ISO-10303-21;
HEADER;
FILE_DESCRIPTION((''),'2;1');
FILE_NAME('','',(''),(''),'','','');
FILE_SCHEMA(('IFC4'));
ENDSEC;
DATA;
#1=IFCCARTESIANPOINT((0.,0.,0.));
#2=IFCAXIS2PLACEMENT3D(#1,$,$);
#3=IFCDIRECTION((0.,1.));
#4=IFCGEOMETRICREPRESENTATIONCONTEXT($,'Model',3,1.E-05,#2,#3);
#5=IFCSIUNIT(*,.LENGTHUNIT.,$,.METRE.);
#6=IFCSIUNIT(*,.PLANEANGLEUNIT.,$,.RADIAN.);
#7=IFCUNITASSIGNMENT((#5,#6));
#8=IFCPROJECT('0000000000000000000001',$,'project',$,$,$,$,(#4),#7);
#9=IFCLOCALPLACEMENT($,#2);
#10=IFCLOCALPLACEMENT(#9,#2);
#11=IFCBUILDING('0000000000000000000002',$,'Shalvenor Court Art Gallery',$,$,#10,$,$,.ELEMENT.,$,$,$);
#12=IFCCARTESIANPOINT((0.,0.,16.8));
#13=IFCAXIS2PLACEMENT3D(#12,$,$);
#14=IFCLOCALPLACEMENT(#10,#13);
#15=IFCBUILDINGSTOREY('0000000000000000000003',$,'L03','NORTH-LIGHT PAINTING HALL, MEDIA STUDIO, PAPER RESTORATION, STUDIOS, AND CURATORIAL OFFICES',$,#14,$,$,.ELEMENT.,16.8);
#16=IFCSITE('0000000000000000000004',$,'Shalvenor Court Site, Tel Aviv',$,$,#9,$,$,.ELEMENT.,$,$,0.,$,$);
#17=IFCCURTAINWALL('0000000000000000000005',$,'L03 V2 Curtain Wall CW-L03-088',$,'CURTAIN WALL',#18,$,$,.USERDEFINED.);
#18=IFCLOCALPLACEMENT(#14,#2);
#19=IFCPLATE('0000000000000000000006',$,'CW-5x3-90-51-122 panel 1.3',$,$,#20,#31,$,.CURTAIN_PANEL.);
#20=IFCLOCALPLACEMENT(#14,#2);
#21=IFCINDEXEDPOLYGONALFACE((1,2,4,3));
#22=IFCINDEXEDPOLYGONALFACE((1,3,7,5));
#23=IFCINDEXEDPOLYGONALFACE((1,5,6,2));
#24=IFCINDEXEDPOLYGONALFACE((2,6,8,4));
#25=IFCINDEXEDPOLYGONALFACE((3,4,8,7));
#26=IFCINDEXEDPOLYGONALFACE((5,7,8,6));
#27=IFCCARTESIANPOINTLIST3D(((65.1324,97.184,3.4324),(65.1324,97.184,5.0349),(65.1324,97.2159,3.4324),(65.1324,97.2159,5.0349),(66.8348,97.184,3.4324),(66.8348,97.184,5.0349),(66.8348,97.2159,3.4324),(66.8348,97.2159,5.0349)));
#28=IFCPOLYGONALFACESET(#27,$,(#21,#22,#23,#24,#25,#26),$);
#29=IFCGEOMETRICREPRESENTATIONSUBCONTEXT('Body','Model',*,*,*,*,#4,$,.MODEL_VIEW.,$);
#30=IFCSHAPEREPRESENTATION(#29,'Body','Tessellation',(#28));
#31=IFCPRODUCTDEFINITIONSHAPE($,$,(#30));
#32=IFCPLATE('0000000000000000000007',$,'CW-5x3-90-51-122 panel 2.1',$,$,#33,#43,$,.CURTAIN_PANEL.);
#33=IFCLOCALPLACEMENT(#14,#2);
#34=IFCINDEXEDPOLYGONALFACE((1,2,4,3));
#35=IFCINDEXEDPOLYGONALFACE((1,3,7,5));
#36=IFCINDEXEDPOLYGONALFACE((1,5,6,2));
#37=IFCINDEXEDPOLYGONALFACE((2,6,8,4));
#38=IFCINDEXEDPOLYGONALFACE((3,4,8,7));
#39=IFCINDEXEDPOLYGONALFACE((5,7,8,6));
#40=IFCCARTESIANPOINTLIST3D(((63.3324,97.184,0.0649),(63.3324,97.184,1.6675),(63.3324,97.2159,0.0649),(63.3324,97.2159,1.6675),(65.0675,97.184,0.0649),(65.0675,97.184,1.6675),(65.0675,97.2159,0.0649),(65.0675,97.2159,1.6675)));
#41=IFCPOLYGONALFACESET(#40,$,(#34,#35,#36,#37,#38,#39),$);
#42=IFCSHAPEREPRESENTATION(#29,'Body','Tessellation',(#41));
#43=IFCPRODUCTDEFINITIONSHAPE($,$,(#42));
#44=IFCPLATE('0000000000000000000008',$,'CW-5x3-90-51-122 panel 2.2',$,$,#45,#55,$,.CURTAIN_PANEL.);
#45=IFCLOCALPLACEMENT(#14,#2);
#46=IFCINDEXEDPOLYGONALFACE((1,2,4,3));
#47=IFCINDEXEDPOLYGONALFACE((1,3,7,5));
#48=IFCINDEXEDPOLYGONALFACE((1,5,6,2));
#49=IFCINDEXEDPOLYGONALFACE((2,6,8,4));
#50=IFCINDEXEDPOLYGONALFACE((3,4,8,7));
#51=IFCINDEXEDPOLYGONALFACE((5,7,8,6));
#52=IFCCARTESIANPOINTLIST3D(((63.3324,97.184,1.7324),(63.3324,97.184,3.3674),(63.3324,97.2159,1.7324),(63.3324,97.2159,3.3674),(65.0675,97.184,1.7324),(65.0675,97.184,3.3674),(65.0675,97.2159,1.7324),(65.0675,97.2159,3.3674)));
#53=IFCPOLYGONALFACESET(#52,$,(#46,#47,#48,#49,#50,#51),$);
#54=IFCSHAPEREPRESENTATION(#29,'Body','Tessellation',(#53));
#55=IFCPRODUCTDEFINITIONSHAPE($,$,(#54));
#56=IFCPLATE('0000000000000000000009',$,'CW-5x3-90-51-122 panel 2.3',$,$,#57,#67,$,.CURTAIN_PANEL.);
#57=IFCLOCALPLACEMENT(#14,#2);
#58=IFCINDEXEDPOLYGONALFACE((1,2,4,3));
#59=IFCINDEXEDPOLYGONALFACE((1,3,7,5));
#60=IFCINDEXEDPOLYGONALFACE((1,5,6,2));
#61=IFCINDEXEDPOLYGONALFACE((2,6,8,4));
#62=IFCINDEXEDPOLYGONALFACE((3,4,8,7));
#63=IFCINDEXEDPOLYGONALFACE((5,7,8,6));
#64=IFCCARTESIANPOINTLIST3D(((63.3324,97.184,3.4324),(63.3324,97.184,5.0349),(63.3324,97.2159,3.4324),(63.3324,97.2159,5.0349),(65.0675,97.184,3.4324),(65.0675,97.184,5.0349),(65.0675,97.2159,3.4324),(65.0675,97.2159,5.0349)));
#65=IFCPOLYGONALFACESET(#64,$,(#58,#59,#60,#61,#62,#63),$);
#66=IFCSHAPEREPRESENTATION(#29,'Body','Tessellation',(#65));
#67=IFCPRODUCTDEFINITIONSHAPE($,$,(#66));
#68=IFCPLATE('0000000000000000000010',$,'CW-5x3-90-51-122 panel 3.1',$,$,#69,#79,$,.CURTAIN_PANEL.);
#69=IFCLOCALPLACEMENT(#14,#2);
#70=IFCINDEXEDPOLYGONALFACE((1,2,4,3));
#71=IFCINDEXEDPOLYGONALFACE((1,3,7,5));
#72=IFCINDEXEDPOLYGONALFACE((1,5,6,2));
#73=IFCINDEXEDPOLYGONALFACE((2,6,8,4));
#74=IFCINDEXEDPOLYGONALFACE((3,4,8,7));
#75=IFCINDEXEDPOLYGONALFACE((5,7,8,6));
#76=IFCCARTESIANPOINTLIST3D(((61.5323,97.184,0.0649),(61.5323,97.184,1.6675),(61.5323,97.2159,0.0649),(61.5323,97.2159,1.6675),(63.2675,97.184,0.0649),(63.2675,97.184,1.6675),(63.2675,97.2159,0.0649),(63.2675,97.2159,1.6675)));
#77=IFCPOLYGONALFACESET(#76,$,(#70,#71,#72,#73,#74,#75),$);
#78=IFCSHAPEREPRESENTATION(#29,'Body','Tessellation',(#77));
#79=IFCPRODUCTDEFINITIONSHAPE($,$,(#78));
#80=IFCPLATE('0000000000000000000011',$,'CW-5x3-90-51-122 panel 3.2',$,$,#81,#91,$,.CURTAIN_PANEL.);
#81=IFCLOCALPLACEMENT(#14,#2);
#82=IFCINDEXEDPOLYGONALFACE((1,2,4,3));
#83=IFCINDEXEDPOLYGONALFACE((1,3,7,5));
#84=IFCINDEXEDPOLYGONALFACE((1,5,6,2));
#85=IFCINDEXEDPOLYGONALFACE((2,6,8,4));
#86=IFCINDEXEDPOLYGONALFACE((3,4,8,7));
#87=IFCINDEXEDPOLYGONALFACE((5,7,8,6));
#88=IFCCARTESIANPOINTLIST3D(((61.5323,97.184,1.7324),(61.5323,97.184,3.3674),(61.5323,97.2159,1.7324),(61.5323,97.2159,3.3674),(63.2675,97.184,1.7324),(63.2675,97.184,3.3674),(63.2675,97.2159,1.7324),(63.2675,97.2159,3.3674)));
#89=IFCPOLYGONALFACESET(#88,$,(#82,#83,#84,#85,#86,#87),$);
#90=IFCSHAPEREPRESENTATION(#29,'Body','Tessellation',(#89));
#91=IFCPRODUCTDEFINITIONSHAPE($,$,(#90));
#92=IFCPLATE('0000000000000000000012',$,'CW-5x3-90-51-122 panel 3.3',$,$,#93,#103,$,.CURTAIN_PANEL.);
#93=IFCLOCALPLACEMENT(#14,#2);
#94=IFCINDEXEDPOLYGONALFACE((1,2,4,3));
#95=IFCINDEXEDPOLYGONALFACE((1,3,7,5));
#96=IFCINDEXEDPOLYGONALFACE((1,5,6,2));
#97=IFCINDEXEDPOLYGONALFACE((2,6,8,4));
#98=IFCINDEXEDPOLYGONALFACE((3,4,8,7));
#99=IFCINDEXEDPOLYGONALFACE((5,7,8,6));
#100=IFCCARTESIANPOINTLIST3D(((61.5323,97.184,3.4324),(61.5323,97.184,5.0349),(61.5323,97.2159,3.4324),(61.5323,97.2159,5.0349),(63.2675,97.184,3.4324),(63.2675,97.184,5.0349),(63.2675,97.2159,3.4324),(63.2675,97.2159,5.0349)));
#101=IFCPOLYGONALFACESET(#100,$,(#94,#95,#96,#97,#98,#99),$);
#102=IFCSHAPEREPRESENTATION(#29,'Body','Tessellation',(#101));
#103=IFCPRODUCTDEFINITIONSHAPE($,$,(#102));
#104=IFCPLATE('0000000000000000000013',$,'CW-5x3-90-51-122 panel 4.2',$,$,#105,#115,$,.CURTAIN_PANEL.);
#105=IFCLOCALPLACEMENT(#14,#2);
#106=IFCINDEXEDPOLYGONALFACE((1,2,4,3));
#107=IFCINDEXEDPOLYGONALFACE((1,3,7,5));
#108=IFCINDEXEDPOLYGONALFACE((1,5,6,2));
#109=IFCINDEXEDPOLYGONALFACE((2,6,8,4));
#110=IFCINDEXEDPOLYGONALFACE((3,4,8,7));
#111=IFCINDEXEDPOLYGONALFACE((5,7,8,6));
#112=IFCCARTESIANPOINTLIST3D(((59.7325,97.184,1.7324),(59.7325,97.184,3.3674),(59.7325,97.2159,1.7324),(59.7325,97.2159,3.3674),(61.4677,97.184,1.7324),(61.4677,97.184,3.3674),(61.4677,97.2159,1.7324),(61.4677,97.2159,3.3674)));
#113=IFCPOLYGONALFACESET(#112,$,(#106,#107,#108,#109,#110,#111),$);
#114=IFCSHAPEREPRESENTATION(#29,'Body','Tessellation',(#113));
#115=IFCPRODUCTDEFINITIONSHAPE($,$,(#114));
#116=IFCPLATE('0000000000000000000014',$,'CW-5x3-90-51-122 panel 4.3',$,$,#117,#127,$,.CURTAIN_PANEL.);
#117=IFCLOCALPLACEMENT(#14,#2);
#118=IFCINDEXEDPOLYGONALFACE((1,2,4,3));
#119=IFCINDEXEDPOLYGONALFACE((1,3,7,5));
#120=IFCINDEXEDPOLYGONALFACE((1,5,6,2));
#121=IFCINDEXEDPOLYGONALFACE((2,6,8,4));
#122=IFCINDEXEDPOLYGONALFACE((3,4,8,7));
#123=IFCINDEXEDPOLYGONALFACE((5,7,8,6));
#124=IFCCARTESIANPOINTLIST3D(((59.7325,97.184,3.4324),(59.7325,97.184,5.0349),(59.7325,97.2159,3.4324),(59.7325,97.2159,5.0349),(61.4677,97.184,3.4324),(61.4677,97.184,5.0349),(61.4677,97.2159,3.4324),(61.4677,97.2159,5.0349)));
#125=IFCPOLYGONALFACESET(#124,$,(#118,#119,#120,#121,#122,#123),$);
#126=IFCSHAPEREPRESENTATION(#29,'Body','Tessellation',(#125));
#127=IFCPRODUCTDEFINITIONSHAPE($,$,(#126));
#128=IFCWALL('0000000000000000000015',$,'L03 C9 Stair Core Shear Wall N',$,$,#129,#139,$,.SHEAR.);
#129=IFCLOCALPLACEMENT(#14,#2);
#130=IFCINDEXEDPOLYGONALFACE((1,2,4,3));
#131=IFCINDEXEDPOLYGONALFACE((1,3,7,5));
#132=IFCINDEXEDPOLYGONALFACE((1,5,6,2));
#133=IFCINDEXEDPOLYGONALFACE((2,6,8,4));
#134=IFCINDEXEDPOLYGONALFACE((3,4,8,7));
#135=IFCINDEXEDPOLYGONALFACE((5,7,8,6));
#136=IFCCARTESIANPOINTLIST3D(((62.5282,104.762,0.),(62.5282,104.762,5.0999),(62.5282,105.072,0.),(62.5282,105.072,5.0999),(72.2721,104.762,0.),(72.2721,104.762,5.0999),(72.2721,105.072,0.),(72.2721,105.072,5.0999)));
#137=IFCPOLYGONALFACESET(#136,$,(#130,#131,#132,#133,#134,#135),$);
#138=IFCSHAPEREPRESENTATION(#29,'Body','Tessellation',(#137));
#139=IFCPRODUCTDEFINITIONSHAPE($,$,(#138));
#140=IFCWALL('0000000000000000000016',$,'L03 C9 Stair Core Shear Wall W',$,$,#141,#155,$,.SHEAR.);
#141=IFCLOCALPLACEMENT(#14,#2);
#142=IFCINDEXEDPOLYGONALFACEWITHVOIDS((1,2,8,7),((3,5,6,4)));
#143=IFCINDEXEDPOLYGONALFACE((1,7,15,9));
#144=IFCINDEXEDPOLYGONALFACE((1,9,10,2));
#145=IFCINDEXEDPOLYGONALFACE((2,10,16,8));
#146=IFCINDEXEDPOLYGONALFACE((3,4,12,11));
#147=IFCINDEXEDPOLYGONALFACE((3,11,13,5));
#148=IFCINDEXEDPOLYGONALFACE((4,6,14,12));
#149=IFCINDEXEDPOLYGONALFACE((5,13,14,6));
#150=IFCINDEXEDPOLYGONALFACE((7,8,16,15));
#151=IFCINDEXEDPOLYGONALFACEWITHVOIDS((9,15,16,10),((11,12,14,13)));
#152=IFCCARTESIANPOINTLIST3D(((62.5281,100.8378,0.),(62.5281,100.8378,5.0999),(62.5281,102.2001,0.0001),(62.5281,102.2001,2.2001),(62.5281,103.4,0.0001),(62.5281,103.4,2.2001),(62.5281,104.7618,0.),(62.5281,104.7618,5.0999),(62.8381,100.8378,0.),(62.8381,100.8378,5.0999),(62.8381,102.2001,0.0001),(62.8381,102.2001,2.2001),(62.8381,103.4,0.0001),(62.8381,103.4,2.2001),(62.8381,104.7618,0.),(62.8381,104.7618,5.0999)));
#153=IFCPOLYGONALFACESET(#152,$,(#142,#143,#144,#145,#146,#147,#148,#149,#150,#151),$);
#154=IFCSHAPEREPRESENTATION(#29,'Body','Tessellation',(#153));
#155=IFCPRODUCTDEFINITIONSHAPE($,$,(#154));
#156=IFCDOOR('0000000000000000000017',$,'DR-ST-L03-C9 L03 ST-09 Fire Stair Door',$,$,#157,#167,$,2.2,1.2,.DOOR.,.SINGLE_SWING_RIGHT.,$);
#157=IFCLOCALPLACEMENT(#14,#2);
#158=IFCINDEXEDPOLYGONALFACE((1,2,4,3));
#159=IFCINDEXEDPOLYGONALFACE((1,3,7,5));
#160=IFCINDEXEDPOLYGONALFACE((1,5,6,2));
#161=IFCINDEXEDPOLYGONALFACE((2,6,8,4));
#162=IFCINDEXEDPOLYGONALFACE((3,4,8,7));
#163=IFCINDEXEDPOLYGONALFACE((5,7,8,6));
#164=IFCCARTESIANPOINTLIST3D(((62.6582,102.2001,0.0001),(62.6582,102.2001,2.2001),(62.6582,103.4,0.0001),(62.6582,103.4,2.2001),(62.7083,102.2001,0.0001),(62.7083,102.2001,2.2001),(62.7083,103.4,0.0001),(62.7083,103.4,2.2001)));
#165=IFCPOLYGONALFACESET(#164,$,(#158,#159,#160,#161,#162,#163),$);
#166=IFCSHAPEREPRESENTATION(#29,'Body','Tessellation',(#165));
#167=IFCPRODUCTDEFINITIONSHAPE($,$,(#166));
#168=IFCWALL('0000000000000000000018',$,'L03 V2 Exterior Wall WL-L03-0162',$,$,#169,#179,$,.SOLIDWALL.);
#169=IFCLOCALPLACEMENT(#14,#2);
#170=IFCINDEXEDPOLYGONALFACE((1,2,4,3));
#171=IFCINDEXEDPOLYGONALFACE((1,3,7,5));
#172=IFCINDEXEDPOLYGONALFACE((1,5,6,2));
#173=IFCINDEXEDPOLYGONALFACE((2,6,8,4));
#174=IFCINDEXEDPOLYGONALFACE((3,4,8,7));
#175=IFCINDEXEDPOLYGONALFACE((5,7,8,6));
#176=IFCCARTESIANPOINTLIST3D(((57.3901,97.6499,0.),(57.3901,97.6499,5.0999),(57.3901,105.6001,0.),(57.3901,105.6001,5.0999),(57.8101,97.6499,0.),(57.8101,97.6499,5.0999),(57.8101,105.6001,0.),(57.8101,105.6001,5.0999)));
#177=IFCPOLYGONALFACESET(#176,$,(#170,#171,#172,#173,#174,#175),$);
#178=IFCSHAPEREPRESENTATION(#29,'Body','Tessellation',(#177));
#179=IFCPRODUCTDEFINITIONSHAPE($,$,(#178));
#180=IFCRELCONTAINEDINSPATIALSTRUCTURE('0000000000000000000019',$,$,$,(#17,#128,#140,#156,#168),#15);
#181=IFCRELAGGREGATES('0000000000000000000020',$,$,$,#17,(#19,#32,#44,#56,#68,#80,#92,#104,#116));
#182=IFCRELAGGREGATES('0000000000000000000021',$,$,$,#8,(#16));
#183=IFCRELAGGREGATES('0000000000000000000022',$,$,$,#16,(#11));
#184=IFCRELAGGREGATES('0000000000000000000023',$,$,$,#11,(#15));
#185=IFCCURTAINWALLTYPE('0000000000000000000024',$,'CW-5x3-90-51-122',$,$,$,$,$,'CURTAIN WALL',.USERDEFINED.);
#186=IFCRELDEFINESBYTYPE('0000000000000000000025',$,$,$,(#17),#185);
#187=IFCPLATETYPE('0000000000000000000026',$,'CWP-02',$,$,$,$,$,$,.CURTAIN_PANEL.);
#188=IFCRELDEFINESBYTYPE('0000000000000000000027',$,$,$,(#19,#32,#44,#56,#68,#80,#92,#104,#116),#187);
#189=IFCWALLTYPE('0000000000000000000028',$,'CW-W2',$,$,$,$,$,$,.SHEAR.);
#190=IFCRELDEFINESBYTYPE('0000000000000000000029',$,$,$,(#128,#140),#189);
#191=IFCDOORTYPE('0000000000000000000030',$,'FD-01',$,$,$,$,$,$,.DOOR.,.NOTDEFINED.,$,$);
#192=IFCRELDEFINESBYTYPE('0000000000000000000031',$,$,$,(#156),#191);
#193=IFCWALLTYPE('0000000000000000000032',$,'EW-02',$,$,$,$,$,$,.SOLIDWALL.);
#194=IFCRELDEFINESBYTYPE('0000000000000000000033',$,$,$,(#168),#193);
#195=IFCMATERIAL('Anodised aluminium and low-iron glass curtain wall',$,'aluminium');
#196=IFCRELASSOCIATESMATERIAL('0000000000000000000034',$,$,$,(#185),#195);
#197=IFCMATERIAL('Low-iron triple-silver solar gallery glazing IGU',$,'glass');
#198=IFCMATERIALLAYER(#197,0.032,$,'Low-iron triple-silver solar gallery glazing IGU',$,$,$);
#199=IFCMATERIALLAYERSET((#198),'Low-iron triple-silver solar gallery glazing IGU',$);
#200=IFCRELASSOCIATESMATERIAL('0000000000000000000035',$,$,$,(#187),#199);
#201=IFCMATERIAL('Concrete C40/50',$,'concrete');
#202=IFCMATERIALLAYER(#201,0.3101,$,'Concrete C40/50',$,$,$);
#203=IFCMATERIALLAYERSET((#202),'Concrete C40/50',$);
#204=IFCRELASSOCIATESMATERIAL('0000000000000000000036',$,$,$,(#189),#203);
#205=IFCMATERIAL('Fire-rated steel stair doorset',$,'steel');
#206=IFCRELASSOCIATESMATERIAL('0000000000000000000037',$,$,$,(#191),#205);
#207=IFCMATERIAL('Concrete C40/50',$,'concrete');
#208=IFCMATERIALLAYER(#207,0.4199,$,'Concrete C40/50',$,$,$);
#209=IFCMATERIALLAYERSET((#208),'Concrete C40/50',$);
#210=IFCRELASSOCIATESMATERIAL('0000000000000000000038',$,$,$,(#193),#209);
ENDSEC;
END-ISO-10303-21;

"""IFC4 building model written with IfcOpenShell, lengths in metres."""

from ifc_helpers import new_model, si_unit, direction, frame, frame_2d, origin, origin_2d, place, context, subcontext, project, spatial, rectangle, extrude, material, layer, layer_set, type_object, element, fill, aggregate, save


model = new_model("IFC4")

# Units and contexts
model_context = context("Model", 3, precision=1e-05, world=origin(), true_north=direction((0.0, 1.0)))
body_context = subcontext(model_context, "Body", "Model", "MODEL_VIEW")
ifc_project = project(units=[si_unit("LENGTHUNIT", "METRE"), si_unit("PLANEANGLEUNIT", "RADIAN")], contexts=[model_context])

# Site, building, storey
site_placement = place(None, origin())
site = spatial("IfcSite", under=ifc_project, at=site_placement, Name="Shalvenor Court Site, Tel Aviv", CompositionType="ELEMENT", RefElevation=0.0)
building_placement = place(site_placement, origin())
building = spatial("IfcBuilding", under=site, at=building_placement, Name="Shalvenor Court Art Gallery", CompositionType="ELEMENT")
storey_placement = place(building_placement, frame((0.0, 0.0, 16.8)))
storey = spatial("IfcBuildingStorey", under=building, at=storey_placement, Name="L03", Description="NORTH-LIGHT PAINTING HALL, MEDIA STUDIO, PAPER RESTORATION, STUDIOS, AND CURATORIAL OFFICES", CompositionType="ELEMENT", Elevation=16.8)

# Curtain wall
ifc_material_1 = material(Name="Anodised aluminium and low-iron glass curtain wall", Category="aluminium")
curtain_wall_type_1 = type_object("IfcCurtainWallType", Name="CW-5x3-90-51-122", ElementType="CURTAIN WALL", PredefinedType="USERDEFINED", material=ifc_material_1)
curtain_wall_1_placement = place(storey_placement, origin())
curtain_wall_1 = element("IfcCurtainWall", 1, at=curtain_wall_1_placement, inside=storey, type_object=curtain_wall_type_1, Name="L03 V2 Curtain Wall CW-L03-088", ObjectType="CURTAIN WALL", PredefinedType="USERDEFINED")

# Plates
ifc_material_2 = material(Name="Low-iron triple-silver solar gallery glazing IGU", Category="glass")
ifc_layer_1 = layer(ifc_material_2, 0.032, Name="Low-iron triple-silver solar gallery glazing IGU")
ifc_layer_set_1 = layer_set([ifc_layer_1], Name="Low-iron triple-silver solar gallery glazing IGU")
plate_type = type_object("IfcPlateType", Name="CWP-02", PredefinedType="CURTAIN_PANEL", material=ifc_layer_set_1)
plate_1_placement = place(storey_placement, frame((65.9836, 97.2, 3.4324), z_axis=(0.0, 0.0, 1.0), x_axis=(-1.0, 0.0, 0.0)))
plate_1 = element("IfcPlate", 2, at=plate_1_placement, type_object=plate_type, Name="CW-5x3-90-51-122 panel 1.3", PredefinedType="CURTAIN_PANEL", context=body_context, shape_type="SweptSolid", body=[
    extrude(rectangle(XDim=1.7024, YDim=0.032, at=origin_2d()), origin(), (0.0, 0.0, 1.0), 1.6025),
])
plate_2_placement = place(storey_placement, frame((64.2, 97.2, 0.0649), z_axis=(0.0, 0.0, 1.0), x_axis=(-1.0, 0.0, 0.0)))
plate_2 = element("IfcPlate", 3, at=plate_2_placement, type_object=plate_type, Name="CW-5x3-90-51-122 panel 2.1", PredefinedType="CURTAIN_PANEL", context=body_context, shape_type="SweptSolid", body=[
    extrude(rectangle(XDim=1.7351, YDim=0.032, at=origin_2d()), origin(), (0.0, 0.0, 1.0), 1.6025),
])
plate_3_placement = place(storey_placement, frame((64.2, 97.2, 1.7324), z_axis=(0.0, 0.0, 1.0), x_axis=(-1.0, 0.0, 0.0)))
plate_3 = element("IfcPlate", 4, at=plate_3_placement, type_object=plate_type, Name="CW-5x3-90-51-122 panel 2.2", PredefinedType="CURTAIN_PANEL", context=body_context, shape_type="SweptSolid", body=[
    extrude(rectangle(XDim=1.7351, YDim=0.032, at=origin_2d()), origin(), (0.0, 0.0, 1.0), 1.635),
])
plate_4_placement = place(storey_placement, frame((64.2, 97.2, 3.4324), z_axis=(0.0, 0.0, 1.0), x_axis=(-1.0, 0.0, 0.0)))
plate_4 = element("IfcPlate", 5, at=plate_4_placement, type_object=plate_type, Name="CW-5x3-90-51-122 panel 2.3", PredefinedType="CURTAIN_PANEL", context=body_context, shape_type="SweptSolid", body=[
    extrude(rectangle(XDim=1.7351, YDim=0.032, at=origin_2d()), origin(), (0.0, 0.0, 1.0), 1.6025),
])
plate_5_placement = place(storey_placement, frame((62.3999, 97.2, 0.0649), z_axis=(0.0, 0.0, 1.0), x_axis=(-1.0, 0.0, 0.0)))
plate_5 = element("IfcPlate", 6, at=plate_5_placement, type_object=plate_type, Name="CW-5x3-90-51-122 panel 3.1", PredefinedType="CURTAIN_PANEL", context=body_context, shape_type="SweptSolid", body=[
    extrude(rectangle(XDim=1.7351, YDim=0.032, at=origin_2d()), origin(), (0.0, 0.0, 1.0), 1.6025),
])
plate_6_placement = place(storey_placement, frame((62.3999, 97.2, 1.7324), z_axis=(0.0, 0.0, 1.0), x_axis=(-1.0, 0.0, 0.0)))
plate_6 = element("IfcPlate", 7, at=plate_6_placement, type_object=plate_type, Name="CW-5x3-90-51-122 panel 3.2", PredefinedType="CURTAIN_PANEL", context=body_context, shape_type="SweptSolid", body=[
    extrude(rectangle(XDim=1.7351, YDim=0.032, at=origin_2d()), origin(), (0.0, 0.0, 1.0), 1.635),
])
plate_7_placement = place(storey_placement, frame((62.3999, 97.2, 3.4324), z_axis=(0.0, 0.0, 1.0), x_axis=(-1.0, 0.0, 0.0)))
plate_7 = element("IfcPlate", 8, at=plate_7_placement, type_object=plate_type, Name="CW-5x3-90-51-122 panel 3.3", PredefinedType="CURTAIN_PANEL", context=body_context, shape_type="SweptSolid", body=[
    extrude(rectangle(XDim=1.7351, YDim=0.032, at=origin_2d()), origin(), (0.0, 0.0, 1.0), 1.6025),
])
plate_8_placement = place(storey_placement, frame((60.6001, 97.2, 1.7324), z_axis=(0.0, 0.0, 1.0), x_axis=(-1.0, 0.0, 0.0)))
plate_8 = element("IfcPlate", 9, at=plate_8_placement, type_object=plate_type, Name="CW-5x3-90-51-122 panel 4.2", PredefinedType="CURTAIN_PANEL", context=body_context, shape_type="SweptSolid", body=[
    extrude(rectangle(XDim=1.7351, YDim=0.032, at=origin_2d()), origin(), (0.0, 0.0, 1.0), 1.635),
])
plate_9_placement = place(storey_placement, frame((60.6001, 97.2, 3.4324), z_axis=(0.0, 0.0, 1.0), x_axis=(-1.0, 0.0, 0.0)))
plate_9 = element("IfcPlate", 10, at=plate_9_placement, type_object=plate_type, Name="CW-5x3-90-51-122 panel 4.3", PredefinedType="CURTAIN_PANEL", context=body_context, shape_type="SweptSolid", body=[
    extrude(rectangle(XDim=1.7351, YDim=0.032, at=origin_2d()), origin(), (0.0, 0.0, 1.0), 1.6025),
])
aggregate(curtain_wall_1, [plate_1, plate_2, plate_3, plate_4, plate_5, plate_6, plate_7, plate_8, plate_9])

# Wall
ifc_material_3 = material(Name="Concrete C40/50", Category="concrete")
ifc_layer_2 = layer(ifc_material_3, 0.3101, Name="Concrete C40/50")
ifc_layer_set_2 = layer_set([ifc_layer_2], Name="Concrete C40/50")
wall_type_1 = type_object("IfcWallType", Name="CW-W2", PredefinedType="SHEAR", material=ifc_layer_set_2)
wall_1_placement = place(storey_placement, frame((62.5281, 104.917, 0.0), z_axis=(0.0, 0.0, 1.0), x_axis=(1.0, 0.0, 0.0)))
element("IfcWall", 11, at=wall_1_placement, inside=storey, type_object=wall_type_1, Name="L03 C9 Stair Core Shear Wall N", PredefinedType="SHEAR", context=body_context, shape_type="SweptSolid", body=[
    extrude(rectangle(XDim=9.7439, YDim=0.3101, at=frame_2d((4.8721, 0.0))), origin(), (0.0, 0.0, 1.0), 5.0999),
])

# Wall, opening, door
wall_2_placement = place(storey_placement, frame((62.6831, 100.8379, 0.0), z_axis=(0.0, 0.0, 1.0), x_axis=(0.0, 1.0, 0.0)))
wall_2 = element("IfcWall", 12, at=wall_2_placement, inside=storey, type_object=wall_type_1, Name="L03 C9 Stair Core Shear Wall W", PredefinedType="SHEAR", context=body_context, shape_type="SweptSolid", body=[
    extrude(rectangle(XDim=3.9241, YDim=0.3101, at=frame_2d((1.9619, 0.0))), origin(), (0.0, 0.0, 1.0), 5.0999),
])
opening_placement = place(wall_2_placement, frame((1.3621, 0.0, 0.0)))
opening = element("IfcOpeningElement", 13, at=opening_placement, cuts=wall_2, PredefinedType="OPENING", context=body_context, shape_type="SweptSolid", body=[
    extrude(rectangle(XDim=1.2, YDim=2.2, at=frame_2d((0.6001, 1.1001))), frame((0.0, 0.165, 0.0), z_axis=(0.0, -1.0, 0.0), x_axis=(1.0, 0.0, 0.0)), (0.0, 0.0, 1.0), 0.3301),
])
ifc_material_4 = material(Name="Fire-rated steel stair doorset", Category="steel")
door_type = type_object("IfcDoorType", Name="FD-01", OperationType="NOTDEFINED", PredefinedType="DOOR", material=ifc_material_4)
door_placement = place(opening_placement, origin())
door = element("IfcDoor", 14, at=door_placement, inside=storey, type_object=door_type, Name="DR-ST-L03-C9 L03 ST-09 Fire Stair Door", OperationType="SINGLE_SWING_RIGHT", OverallHeight=2.2, OverallWidth=1.2, PredefinedType="DOOR", context=body_context, shape_type="SweptSolid", body=[
    extrude(rectangle(XDim=1.2, YDim=2.2, at=frame_2d((0.6001, 1.1001))), frame((0.0, 0.0249, 0.0), z_axis=(0.0, -1.0, 0.0), x_axis=(1.0, 0.0, 0.0)), (0.0, 0.0, 1.0), 0.05),
])
fill(opening, door)

# Wall
ifc_material_5 = material(Name="Concrete C40/50", Category="concrete")
ifc_layer_3 = layer(ifc_material_5, 0.4199, Name="Concrete C40/50")
ifc_layer_set_3 = layer_set([ifc_layer_3], Name="Concrete C40/50")
wall_type_2 = type_object("IfcWallType", Name="EW-02", PredefinedType="SOLIDWALL", material=ifc_layer_set_3)
wall_3_placement = place(storey_placement, frame((57.6001, 97.6499, 0.0), z_axis=(0.0, 0.0, 1.0), x_axis=(0.0, 1.0, 0.0)))
element("IfcWall", 15, at=wall_3_placement, inside=storey, type_object=wall_type_2, Name="L03 V2 Exterior Wall WL-L03-0162", PredefinedType="SOLIDWALL", context=body_context, shape_type="SweptSolid", body=[
    extrude(rectangle(XDim=7.9502, YDim=0.4199, at=frame_2d((3.9751, 0.0))), origin(), (0.0, 0.0, 1.0), 5.0999),
])

save(model, "model.ifc")
